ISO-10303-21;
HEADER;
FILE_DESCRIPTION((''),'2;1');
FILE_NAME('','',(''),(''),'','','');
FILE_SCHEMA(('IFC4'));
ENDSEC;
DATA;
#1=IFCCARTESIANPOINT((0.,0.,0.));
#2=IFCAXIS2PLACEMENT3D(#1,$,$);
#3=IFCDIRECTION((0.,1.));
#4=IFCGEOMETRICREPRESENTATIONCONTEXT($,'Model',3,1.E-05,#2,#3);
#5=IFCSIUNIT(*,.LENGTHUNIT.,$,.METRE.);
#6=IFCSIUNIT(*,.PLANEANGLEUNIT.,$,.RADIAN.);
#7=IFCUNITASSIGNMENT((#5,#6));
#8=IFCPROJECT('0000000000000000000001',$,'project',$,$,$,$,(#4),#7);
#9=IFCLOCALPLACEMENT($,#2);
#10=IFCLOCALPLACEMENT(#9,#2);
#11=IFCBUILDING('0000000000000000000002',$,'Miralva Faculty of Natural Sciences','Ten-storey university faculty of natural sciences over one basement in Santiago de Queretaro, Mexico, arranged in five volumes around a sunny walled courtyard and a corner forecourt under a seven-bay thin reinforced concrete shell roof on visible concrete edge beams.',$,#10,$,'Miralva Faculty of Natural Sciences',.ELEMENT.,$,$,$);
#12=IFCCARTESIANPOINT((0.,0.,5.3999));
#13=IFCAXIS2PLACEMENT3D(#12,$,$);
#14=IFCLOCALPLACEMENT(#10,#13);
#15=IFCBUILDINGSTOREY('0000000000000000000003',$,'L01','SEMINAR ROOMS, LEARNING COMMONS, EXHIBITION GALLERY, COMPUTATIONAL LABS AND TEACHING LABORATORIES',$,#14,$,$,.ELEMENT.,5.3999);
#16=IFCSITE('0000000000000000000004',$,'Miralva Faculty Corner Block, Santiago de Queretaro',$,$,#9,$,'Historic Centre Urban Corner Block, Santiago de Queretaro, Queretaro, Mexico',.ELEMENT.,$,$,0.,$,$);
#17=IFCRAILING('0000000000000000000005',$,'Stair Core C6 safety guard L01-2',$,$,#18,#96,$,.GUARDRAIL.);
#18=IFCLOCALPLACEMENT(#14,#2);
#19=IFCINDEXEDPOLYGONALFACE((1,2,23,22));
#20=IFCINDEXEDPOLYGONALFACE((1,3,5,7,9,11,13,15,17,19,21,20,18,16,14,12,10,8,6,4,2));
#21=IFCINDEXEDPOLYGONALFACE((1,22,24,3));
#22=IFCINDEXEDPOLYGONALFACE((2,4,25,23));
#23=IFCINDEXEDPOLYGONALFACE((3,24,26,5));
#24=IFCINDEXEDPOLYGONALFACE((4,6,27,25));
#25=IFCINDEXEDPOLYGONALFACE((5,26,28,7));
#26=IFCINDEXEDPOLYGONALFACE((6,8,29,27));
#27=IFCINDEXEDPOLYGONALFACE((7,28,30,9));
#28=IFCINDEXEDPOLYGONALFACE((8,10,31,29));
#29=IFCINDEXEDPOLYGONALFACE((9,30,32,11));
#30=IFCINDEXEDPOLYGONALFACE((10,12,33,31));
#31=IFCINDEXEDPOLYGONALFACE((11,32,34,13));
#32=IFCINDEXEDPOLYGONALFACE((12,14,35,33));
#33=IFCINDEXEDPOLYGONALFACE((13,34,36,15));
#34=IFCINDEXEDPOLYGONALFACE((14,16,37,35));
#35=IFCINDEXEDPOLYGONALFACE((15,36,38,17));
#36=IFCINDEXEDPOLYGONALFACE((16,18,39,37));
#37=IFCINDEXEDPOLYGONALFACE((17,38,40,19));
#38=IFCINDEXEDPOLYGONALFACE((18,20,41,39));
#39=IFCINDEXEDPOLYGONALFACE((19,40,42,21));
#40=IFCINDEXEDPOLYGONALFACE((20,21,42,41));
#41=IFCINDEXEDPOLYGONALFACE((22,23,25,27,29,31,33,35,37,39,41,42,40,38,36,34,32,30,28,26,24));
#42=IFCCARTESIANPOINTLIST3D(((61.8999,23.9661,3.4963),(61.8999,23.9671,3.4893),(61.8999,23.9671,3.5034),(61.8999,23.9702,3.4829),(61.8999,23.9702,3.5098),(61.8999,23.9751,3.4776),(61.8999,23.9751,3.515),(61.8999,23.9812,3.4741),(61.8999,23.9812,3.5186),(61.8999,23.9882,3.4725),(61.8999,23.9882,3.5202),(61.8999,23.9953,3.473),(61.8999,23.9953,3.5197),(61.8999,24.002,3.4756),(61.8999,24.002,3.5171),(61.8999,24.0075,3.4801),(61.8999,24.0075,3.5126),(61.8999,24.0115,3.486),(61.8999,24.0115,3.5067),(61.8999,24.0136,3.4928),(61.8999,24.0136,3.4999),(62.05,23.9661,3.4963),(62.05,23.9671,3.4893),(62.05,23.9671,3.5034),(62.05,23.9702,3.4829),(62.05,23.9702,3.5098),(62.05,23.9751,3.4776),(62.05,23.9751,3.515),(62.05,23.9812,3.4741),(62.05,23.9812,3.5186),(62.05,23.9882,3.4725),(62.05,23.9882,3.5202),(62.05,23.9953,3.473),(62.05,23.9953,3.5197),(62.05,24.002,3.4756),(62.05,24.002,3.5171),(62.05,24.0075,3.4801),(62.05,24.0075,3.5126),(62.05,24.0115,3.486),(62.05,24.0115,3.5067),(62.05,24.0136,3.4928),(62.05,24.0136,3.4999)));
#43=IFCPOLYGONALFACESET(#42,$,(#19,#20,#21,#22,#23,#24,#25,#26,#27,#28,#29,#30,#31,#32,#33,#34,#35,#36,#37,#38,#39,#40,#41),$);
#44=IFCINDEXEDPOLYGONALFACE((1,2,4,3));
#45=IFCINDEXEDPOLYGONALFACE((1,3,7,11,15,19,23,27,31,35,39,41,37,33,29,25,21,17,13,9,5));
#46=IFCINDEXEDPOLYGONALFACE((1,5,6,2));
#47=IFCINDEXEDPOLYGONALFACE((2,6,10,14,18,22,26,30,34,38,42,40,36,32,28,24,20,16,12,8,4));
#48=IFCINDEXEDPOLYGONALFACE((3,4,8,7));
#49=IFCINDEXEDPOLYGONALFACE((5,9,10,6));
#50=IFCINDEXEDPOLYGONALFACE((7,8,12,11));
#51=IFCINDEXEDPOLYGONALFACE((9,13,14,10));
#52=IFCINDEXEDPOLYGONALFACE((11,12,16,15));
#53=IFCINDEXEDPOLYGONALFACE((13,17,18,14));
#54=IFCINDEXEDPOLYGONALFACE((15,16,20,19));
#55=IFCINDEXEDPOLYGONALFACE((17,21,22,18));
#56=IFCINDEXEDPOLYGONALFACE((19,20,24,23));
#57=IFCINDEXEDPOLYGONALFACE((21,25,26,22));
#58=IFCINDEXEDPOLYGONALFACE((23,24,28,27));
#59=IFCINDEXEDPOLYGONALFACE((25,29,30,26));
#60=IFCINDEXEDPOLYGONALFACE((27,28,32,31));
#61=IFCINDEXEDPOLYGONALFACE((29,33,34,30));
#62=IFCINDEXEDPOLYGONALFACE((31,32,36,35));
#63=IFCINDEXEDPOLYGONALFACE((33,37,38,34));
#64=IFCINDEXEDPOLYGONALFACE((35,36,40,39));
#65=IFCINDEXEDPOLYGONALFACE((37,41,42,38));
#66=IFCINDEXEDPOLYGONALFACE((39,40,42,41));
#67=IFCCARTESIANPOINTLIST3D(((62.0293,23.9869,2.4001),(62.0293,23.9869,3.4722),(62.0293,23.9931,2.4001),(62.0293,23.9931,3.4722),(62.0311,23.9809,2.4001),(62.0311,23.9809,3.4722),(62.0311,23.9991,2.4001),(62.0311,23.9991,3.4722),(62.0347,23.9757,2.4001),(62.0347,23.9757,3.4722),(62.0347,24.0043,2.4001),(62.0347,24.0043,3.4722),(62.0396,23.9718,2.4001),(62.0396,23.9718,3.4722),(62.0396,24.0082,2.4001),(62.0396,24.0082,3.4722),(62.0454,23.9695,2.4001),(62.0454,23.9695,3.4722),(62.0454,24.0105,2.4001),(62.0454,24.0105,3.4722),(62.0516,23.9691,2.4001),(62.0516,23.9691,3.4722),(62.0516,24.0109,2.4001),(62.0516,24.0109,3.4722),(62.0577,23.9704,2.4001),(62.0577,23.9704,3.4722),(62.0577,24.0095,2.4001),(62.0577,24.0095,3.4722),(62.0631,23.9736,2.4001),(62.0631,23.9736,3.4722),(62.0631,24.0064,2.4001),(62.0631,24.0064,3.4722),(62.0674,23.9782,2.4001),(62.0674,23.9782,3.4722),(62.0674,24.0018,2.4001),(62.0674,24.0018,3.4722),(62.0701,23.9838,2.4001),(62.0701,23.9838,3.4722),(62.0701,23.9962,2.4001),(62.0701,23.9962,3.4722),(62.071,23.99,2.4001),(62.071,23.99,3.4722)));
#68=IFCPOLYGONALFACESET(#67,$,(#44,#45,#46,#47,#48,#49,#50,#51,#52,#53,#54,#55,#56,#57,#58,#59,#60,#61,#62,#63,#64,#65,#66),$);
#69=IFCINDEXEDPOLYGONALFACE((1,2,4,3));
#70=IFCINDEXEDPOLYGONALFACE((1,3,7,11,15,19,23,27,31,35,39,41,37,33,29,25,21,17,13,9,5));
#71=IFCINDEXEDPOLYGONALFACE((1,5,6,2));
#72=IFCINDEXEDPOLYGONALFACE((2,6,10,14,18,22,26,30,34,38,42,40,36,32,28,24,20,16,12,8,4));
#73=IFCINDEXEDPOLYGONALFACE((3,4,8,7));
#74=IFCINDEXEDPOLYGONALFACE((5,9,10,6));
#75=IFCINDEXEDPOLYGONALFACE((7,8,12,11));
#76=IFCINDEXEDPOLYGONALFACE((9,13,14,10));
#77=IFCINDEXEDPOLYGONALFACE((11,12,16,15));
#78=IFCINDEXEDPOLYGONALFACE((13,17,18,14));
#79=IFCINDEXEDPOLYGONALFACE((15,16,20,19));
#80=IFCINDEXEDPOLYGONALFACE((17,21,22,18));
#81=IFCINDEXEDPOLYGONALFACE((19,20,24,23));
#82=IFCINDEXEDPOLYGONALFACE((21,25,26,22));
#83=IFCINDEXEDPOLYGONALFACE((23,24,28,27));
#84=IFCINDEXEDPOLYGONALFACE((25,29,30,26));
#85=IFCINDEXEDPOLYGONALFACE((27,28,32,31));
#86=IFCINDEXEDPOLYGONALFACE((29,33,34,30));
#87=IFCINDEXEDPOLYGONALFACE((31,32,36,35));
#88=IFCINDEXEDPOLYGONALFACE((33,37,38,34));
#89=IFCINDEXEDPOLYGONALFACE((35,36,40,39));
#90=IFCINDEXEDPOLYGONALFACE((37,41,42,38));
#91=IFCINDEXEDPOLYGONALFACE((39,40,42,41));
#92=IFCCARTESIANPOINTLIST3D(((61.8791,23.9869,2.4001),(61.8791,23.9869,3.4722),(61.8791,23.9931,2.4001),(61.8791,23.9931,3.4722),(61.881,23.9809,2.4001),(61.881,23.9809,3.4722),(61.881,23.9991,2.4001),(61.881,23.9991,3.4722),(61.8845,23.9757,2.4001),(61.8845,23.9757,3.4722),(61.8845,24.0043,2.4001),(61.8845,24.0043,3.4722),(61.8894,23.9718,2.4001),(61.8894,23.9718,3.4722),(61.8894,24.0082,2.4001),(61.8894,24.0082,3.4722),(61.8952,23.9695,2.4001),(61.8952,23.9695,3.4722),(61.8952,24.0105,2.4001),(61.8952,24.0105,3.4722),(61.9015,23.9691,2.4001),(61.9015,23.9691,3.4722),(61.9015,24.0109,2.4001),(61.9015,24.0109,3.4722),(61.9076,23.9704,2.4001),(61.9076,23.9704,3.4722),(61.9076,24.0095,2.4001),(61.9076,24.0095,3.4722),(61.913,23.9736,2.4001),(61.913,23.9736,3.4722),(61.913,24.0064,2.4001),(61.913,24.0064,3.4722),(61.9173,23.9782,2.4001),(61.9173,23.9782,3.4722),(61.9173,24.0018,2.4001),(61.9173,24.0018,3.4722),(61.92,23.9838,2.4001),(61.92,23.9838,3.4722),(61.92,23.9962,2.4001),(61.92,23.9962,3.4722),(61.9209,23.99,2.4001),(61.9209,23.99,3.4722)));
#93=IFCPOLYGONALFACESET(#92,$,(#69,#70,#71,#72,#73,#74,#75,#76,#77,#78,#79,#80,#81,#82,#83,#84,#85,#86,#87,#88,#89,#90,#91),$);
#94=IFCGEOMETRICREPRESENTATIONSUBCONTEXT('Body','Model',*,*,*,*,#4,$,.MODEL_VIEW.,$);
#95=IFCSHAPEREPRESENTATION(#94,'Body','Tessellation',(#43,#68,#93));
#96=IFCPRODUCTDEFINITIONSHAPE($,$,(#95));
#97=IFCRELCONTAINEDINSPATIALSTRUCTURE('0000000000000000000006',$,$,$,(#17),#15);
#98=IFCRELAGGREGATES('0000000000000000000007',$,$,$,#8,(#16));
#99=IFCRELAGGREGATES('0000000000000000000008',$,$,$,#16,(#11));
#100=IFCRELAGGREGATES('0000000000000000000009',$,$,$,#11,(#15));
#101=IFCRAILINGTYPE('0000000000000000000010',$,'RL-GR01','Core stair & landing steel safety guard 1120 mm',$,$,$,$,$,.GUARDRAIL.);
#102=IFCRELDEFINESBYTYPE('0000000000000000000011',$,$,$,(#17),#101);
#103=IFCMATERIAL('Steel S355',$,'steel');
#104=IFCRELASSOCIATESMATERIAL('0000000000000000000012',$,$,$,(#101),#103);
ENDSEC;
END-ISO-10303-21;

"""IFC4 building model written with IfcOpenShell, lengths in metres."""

from ifc_helpers import new_model, si_unit, direction, frame, origin, origin_2d, place, context, subcontext, project, spatial, circle, extrude, material, type_object, element, save


model = new_model("IFC4")

# Units and contexts
model_context = context("Model", 3, precision=1e-05, world=origin(), true_north=direction((0.0, 1.0)))
body_context = subcontext(model_context, "Body", "Model", "MODEL_VIEW")
ifc_project = project(units=[si_unit("LENGTHUNIT", "METRE"), si_unit("PLANEANGLEUNIT", "RADIAN")], contexts=[model_context])

# Site, building, storey
site_placement = place(None, origin())
site = spatial("IfcSite", under=ifc_project, at=site_placement, Name="Miralva Faculty Corner Block, Santiago de Queretaro", LongName="Historic Centre Urban Corner Block, Santiago de Queretaro, Queretaro, Mexico", CompositionType="ELEMENT", RefElevation=0.0)
building_placement = place(site_placement, origin())
building = spatial("IfcBuilding", under=site, at=building_placement, Name="Miralva Faculty of Natural Sciences", Description="Ten-storey university faculty of natural sciences over one basement in Santiago de Queretaro, Mexico, arranged in five volumes around a sunny walled courtyard and a corner forecourt under a seven-bay thin reinforced concrete shell roof on visible concrete edge beams.", LongName="Miralva Faculty of Natural Sciences", CompositionType="ELEMENT")
storey_placement = place(building_placement, frame((0.0, 0.0, 5.3999)))
storey = spatial("IfcBuildingStorey", under=building, at=storey_placement, Name="L01", Description="SEMINAR ROOMS, LEARNING COMMONS, EXHIBITION GALLERY, COMPUTATIONAL LABS AND TEACHING LABORATORIES", CompositionType="ELEMENT", Elevation=5.3999)

# Railing
ifc_material_1 = material(Name="Steel S355", Category="steel")
railing_type_1 = type_object("IfcRailingType", Name="RL-GR01", Description="Core stair & landing steel safety guard 1120 mm", PredefinedType="GUARDRAIL", material=ifc_material_1)
railing_1_placement = place(storey_placement, frame((62.05, 23.99, 2.4001)))
element("IfcRailing", 1, at=railing_1_placement, inside=storey, type_object=railing_type_1, Name="Stair Core C6 safety guard L01-2", PredefinedType="GUARDRAIL", context=body_context, shape_type="SweptSolid", body=[
    extrude(circle(Radius=0.0239, at=origin_2d()), frame((0.0, 0.0, 1.0962), z_axis=(-1.0, 0.0, 0.0), x_axis=(0.0, -1.0, 0.0)), (0.0, 0.0, 1.0), 0.1501),
    extrude(circle(Radius=0.021, at=origin_2d()), origin(), (0.0, 0.0, 1.0), 1.072),
    extrude(circle(Radius=0.021, at=origin_2d()), frame((-0.1501, 0.0, 0.0)), (0.0, 0.0, 1.0), 1.072),
])

save(model, "model.ifc")
